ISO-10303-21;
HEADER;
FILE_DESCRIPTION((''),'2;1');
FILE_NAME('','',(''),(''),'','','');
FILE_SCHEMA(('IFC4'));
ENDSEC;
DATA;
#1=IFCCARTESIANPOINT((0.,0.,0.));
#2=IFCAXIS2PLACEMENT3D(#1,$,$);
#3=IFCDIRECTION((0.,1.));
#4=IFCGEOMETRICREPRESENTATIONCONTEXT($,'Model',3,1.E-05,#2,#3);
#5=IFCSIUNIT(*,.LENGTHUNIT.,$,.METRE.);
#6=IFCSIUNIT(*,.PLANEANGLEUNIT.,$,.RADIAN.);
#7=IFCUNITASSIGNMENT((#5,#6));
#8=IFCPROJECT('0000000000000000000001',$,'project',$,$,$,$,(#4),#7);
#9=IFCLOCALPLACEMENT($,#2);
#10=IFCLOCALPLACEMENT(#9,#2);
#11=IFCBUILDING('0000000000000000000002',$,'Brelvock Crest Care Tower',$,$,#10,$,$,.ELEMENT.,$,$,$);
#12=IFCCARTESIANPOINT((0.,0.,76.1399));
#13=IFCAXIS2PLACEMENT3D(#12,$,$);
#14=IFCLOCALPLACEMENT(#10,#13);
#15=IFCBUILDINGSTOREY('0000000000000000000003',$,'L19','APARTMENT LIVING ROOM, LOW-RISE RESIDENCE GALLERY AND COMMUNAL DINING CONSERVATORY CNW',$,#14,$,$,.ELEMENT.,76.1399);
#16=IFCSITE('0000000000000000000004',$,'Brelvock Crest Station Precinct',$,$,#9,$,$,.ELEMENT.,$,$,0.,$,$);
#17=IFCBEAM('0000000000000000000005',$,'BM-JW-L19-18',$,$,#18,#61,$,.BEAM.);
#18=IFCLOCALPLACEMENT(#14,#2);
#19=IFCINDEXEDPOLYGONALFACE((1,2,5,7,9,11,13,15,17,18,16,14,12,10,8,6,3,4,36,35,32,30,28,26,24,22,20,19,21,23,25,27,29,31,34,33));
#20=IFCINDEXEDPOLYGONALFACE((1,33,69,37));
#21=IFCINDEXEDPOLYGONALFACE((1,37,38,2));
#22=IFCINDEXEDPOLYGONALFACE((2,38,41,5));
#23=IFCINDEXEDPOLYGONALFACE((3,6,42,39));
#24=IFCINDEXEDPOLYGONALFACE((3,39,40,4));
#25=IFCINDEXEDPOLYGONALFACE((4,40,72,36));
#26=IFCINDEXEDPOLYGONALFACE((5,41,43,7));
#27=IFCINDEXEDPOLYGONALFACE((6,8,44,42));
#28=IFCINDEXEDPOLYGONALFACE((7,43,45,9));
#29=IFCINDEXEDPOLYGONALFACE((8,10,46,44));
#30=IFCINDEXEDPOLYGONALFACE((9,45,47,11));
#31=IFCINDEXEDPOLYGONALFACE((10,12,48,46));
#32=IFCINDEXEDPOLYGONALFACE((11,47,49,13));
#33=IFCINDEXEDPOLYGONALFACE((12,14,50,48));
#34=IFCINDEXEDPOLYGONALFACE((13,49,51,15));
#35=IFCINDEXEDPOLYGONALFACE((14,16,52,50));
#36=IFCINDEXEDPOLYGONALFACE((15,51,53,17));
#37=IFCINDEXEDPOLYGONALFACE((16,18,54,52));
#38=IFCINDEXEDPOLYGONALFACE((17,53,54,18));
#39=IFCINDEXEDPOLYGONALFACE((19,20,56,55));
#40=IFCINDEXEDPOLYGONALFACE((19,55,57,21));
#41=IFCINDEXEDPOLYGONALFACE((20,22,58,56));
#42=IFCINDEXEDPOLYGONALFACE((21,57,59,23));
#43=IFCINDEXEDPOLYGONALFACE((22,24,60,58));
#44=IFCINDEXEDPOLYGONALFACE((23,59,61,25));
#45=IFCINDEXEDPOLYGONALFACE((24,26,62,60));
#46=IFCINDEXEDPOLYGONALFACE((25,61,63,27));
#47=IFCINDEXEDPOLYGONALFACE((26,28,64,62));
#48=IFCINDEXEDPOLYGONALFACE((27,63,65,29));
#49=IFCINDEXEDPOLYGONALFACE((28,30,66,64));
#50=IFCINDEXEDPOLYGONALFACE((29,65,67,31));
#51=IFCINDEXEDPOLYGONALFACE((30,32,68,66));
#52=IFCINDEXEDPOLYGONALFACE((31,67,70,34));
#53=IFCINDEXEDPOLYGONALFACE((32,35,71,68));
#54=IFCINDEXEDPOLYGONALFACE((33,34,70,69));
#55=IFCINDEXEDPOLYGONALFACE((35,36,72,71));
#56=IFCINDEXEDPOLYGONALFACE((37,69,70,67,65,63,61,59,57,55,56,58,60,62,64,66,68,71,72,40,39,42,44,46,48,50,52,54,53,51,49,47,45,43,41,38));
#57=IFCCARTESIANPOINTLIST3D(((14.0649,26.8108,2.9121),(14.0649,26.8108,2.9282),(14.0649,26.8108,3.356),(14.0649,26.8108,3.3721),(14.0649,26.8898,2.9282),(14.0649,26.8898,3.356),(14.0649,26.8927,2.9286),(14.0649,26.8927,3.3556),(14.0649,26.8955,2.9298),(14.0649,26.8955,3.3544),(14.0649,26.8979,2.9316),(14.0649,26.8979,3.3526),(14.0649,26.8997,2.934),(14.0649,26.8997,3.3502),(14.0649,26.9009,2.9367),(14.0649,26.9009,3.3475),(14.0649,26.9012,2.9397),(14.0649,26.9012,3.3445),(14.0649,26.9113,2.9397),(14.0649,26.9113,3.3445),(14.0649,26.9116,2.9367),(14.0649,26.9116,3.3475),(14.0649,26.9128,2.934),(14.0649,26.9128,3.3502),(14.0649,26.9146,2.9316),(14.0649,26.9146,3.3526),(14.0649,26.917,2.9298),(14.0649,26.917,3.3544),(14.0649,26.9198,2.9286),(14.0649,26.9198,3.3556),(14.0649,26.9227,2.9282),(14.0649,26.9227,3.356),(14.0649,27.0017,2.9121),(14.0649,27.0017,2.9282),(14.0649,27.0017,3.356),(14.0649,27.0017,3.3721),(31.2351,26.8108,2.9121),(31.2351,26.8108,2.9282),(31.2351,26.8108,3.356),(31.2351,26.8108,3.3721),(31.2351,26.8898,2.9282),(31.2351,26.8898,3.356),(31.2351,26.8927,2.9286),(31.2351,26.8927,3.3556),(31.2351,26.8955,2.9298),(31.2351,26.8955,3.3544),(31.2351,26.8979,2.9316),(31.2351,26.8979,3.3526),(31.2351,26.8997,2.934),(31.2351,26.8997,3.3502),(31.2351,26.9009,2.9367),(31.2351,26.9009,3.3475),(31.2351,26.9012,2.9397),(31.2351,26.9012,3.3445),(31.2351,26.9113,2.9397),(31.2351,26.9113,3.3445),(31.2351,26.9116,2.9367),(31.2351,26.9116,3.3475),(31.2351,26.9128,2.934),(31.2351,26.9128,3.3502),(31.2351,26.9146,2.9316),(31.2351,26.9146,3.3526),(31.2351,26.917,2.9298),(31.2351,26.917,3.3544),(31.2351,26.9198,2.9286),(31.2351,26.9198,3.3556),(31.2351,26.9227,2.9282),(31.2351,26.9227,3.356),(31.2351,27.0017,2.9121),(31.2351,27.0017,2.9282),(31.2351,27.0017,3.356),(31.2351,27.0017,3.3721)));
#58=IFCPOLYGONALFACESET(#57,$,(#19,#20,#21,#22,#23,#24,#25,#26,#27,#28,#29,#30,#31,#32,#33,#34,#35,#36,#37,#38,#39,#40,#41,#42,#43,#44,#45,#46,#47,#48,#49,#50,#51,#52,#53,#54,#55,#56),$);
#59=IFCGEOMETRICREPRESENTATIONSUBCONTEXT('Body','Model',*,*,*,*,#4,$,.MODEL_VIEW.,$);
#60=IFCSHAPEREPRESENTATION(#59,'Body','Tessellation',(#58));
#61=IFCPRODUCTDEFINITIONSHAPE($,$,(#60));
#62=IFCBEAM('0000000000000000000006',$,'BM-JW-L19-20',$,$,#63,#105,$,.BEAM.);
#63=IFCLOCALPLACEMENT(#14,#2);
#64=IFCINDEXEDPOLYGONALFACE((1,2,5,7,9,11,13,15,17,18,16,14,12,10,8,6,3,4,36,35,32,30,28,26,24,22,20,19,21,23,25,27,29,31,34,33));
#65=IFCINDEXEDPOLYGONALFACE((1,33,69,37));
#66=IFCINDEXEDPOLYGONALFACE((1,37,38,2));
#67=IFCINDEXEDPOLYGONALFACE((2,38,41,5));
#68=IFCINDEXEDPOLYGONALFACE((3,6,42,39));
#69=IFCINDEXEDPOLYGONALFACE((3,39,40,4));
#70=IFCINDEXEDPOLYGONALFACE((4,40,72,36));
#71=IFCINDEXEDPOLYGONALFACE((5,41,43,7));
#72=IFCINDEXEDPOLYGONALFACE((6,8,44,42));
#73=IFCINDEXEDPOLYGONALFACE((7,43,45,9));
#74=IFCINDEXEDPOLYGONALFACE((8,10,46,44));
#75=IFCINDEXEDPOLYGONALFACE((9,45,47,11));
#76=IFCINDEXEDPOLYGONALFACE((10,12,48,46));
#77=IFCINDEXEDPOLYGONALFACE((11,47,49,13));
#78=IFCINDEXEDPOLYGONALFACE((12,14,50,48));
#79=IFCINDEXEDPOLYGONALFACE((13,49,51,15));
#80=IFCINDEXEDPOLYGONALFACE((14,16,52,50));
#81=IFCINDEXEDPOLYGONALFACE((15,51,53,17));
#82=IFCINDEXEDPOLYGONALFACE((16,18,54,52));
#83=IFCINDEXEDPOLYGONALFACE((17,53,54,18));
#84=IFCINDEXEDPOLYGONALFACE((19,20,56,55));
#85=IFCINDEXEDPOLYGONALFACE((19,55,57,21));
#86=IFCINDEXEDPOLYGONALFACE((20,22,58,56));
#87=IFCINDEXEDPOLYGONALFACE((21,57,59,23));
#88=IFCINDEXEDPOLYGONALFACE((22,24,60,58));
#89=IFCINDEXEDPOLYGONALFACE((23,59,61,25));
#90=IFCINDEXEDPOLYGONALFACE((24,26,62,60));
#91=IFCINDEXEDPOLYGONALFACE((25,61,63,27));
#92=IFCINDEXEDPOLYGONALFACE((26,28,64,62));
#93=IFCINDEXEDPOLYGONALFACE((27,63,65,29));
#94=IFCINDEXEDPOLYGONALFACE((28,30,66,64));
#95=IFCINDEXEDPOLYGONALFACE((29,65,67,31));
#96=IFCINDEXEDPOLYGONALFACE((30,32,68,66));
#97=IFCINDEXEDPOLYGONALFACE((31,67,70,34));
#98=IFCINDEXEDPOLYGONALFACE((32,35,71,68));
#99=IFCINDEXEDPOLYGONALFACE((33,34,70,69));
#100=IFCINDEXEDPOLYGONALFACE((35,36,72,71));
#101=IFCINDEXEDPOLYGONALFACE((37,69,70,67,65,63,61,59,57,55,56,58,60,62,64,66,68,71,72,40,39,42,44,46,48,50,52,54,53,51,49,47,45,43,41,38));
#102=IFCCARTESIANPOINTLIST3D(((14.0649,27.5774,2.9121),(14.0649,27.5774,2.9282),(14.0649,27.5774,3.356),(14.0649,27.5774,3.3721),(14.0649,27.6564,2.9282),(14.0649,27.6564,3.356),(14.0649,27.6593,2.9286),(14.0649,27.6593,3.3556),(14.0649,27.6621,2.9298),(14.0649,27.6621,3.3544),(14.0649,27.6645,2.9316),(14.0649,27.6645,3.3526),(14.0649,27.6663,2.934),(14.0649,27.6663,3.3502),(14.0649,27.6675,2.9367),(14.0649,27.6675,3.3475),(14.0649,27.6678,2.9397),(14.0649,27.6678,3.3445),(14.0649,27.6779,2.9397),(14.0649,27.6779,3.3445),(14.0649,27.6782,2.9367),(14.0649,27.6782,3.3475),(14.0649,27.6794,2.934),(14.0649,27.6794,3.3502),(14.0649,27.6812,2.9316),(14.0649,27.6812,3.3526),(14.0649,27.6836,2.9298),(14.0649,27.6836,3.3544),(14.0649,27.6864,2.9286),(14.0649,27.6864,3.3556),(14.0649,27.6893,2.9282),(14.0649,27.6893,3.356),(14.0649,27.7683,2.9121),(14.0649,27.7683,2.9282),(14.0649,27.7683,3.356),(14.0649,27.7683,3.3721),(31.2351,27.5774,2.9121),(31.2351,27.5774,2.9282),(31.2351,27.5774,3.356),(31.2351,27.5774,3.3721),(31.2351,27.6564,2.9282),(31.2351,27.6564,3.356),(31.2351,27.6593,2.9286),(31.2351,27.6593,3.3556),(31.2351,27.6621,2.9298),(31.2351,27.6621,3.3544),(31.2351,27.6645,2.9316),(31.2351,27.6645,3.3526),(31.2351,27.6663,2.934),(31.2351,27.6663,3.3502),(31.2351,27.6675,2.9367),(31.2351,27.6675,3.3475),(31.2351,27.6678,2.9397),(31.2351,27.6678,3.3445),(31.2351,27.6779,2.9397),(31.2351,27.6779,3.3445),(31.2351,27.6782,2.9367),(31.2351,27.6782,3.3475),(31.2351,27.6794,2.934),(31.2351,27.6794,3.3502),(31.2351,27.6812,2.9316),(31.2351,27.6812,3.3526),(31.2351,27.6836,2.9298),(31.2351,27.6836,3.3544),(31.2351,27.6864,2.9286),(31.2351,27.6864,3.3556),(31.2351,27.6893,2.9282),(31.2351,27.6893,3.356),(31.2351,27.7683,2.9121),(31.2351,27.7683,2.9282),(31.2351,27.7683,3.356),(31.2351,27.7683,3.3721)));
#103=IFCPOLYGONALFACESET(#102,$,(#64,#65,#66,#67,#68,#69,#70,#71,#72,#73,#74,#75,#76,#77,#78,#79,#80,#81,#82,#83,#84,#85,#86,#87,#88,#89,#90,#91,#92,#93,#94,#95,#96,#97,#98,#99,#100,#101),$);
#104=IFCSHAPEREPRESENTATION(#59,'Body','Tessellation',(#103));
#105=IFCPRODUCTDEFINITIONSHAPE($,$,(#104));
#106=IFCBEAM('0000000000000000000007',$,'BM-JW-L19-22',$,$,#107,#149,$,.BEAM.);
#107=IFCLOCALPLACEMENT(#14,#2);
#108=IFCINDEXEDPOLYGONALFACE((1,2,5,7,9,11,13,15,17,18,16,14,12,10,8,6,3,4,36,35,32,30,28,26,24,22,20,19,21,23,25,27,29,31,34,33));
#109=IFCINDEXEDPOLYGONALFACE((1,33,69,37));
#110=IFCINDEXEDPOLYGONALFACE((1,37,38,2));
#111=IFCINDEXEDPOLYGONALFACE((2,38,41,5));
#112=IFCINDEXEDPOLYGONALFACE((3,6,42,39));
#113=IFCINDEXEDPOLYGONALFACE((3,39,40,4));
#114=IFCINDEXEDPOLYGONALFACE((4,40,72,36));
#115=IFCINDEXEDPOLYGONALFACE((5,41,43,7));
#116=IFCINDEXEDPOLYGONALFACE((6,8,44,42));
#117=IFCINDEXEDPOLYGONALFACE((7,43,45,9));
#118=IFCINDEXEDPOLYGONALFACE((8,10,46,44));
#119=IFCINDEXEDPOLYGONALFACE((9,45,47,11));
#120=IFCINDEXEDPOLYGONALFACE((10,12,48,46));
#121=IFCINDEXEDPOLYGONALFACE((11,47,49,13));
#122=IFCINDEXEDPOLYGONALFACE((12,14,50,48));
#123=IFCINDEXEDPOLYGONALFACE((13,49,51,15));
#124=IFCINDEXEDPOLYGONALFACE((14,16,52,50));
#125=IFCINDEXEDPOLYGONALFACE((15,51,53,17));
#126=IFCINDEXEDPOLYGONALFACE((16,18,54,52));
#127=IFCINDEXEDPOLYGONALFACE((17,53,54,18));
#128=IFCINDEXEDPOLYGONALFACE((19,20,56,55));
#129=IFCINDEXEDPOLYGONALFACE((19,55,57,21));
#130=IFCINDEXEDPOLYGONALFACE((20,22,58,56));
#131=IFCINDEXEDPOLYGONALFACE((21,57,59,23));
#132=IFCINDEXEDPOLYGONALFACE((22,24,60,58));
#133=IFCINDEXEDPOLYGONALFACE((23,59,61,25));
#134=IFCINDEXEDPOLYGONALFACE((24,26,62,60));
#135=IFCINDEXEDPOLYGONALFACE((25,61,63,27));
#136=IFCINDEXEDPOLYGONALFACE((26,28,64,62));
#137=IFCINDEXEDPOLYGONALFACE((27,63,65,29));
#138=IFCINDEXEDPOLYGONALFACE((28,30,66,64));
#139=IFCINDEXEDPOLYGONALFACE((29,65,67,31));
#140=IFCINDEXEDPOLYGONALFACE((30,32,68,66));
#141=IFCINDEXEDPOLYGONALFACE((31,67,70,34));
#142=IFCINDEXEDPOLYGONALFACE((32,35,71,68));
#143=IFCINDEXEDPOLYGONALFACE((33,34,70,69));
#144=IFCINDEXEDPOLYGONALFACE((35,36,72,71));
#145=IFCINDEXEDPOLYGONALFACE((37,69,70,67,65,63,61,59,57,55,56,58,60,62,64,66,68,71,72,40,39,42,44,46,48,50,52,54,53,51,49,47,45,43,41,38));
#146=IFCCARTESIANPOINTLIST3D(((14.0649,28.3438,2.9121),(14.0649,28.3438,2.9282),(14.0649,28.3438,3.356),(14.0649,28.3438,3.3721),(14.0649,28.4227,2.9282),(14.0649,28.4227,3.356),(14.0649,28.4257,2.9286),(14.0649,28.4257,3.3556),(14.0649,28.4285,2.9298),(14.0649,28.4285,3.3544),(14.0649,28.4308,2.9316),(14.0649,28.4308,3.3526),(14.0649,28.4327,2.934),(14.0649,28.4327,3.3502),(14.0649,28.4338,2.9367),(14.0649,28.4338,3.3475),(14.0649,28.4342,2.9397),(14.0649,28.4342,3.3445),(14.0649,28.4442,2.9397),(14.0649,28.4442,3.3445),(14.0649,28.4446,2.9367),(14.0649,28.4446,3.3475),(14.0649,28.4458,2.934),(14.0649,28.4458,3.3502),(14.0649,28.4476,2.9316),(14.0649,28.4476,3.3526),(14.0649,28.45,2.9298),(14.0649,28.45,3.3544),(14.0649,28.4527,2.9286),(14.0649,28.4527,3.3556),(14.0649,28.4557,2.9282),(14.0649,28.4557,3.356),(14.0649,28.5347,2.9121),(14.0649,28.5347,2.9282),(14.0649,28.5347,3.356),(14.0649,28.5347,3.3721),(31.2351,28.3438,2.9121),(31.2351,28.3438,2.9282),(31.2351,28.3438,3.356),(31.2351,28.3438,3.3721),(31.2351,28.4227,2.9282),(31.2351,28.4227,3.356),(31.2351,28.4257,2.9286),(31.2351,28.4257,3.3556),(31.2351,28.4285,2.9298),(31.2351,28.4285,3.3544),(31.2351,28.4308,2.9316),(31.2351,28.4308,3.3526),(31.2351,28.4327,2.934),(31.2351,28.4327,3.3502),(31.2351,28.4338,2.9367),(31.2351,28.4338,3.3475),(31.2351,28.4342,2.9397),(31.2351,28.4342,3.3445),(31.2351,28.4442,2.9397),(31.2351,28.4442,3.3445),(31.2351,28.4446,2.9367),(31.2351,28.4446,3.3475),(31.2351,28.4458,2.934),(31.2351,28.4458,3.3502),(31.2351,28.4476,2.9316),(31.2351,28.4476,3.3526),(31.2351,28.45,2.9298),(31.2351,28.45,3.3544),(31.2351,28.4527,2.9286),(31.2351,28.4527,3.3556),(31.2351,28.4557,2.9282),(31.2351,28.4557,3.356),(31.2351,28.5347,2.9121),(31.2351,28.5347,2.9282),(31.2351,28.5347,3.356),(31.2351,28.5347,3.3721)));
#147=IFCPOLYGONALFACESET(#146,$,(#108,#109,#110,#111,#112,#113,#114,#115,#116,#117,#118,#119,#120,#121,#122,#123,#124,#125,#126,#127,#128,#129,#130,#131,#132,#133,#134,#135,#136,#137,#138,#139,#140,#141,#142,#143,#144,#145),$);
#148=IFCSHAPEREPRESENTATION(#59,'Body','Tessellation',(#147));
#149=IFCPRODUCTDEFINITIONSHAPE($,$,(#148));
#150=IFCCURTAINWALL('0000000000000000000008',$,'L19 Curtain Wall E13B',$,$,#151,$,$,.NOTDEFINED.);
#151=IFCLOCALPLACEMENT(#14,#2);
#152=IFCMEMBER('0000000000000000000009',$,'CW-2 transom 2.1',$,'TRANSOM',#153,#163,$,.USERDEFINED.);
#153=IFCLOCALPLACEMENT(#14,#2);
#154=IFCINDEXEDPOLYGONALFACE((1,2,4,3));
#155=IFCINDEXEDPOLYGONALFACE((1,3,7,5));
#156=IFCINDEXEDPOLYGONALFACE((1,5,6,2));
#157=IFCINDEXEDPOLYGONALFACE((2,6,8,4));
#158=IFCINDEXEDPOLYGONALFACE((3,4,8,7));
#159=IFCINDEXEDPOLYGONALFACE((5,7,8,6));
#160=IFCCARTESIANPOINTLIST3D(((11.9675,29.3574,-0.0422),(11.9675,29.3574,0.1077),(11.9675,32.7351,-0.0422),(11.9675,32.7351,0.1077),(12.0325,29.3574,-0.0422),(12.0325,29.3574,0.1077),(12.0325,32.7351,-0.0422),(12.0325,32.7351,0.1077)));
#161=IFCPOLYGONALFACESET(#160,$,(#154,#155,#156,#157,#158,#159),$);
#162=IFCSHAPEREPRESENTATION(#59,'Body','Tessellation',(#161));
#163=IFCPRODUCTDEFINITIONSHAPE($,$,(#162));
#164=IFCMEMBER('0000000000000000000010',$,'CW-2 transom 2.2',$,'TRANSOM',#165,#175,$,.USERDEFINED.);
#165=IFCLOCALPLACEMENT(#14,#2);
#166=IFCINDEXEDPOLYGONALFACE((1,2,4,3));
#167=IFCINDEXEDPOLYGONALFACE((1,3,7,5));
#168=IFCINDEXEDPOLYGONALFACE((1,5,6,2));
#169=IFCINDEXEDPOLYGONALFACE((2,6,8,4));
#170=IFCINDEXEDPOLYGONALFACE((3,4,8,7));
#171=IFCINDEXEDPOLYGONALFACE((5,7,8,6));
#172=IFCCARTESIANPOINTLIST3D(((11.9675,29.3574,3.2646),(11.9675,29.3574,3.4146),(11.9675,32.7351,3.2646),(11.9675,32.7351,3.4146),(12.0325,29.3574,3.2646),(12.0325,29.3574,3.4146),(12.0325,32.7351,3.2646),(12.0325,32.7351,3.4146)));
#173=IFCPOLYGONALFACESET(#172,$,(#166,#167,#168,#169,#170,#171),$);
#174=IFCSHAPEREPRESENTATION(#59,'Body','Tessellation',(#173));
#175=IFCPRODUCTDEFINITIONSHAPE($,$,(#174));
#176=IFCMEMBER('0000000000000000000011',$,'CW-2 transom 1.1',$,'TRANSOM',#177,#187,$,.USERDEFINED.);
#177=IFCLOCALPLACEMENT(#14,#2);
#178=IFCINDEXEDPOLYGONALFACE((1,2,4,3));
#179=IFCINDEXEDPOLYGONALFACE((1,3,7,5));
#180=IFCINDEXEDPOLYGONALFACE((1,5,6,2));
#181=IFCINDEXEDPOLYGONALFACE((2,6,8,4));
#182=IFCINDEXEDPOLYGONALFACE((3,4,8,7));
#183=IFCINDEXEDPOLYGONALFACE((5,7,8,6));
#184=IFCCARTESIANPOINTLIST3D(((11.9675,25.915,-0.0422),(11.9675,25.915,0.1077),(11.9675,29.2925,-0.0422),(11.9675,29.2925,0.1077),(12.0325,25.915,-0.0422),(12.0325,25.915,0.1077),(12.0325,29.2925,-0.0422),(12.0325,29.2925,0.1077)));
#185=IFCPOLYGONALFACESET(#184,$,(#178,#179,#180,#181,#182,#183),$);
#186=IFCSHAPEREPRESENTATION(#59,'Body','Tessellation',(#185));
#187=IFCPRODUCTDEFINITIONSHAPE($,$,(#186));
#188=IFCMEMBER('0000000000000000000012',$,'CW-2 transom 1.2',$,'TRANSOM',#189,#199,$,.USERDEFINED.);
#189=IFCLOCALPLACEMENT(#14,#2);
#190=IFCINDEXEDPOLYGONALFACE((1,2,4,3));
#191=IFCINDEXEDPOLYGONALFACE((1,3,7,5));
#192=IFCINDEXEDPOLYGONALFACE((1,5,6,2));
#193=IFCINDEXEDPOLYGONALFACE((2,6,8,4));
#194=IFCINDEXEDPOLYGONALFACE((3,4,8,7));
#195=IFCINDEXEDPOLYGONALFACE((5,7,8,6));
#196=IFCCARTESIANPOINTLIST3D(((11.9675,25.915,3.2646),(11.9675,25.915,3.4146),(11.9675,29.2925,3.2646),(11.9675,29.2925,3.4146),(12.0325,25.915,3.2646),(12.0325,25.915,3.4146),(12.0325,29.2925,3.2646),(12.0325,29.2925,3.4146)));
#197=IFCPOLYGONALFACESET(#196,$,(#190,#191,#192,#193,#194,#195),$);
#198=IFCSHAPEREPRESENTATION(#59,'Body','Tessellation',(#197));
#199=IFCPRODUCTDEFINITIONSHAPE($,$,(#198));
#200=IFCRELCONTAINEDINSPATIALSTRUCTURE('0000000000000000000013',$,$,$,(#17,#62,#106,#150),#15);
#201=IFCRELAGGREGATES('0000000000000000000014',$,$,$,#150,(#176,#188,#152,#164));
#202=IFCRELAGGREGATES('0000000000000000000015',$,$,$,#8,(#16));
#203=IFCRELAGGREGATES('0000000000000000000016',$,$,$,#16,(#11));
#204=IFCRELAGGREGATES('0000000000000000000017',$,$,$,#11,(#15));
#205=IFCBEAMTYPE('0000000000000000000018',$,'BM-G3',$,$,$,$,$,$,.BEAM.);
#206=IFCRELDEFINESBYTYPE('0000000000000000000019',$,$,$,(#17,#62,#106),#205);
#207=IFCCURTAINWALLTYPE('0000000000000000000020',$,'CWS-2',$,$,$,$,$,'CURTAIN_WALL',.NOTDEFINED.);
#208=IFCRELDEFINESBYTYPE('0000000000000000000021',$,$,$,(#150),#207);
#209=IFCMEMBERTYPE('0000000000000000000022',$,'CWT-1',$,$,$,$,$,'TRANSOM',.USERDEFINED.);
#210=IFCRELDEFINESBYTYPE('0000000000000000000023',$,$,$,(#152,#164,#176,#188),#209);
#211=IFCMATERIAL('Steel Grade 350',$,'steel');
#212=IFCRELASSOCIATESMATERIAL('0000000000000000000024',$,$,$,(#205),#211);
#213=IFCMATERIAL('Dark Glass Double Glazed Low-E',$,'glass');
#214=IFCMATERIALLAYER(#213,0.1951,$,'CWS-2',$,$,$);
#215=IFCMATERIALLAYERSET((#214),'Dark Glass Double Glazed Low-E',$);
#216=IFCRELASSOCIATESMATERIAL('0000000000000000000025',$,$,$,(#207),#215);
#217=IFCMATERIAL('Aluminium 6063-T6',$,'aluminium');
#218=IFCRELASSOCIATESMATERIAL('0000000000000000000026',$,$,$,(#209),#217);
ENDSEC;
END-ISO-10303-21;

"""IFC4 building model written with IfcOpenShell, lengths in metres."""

from ifc_helpers import new_model, si_unit, direction, frame, origin, origin_2d, place, context, subcontext, project, spatial, rectangle, i_section, extrude, source, transform, mapped, material, layer, layer_set, material_profile, profile_set, type_object, element, aggregate, save


model = new_model("IFC4")

# Units and contexts
model_context = context("Model", 3, precision=1e-05, world=origin(), true_north=direction((0.0, 1.0)))
body_context = subcontext(model_context, "Body", "Model", "MODEL_VIEW")
ifc_project = project(units=[si_unit("LENGTHUNIT", "METRE"), si_unit("PLANEANGLEUNIT", "RADIAN")], contexts=[model_context])

# Site, building, storey
site_placement = place(None, origin())
site = spatial("IfcSite", under=ifc_project, at=site_placement, Name="Brelvock Crest Station Precinct", CompositionType="ELEMENT", RefElevation=0.0)
building_placement = place(site_placement, origin())
building = spatial("IfcBuilding", under=site, at=building_placement, Name="Brelvock Crest Care Tower", CompositionType="ELEMENT")
storey_placement = place(building_placement, frame((0.0, 0.0, 76.1399)))
storey = spatial("IfcBuildingStorey", under=building, at=storey_placement, Name="L19", Description="APARTMENT LIVING ROOM, LOW-RISE RESIDENCE GALLERY AND COMMUNAL DINING CONSERVATORY CNW", CompositionType="ELEMENT", Elevation=76.1399)

# Beams
ifc_material_1 = material(Name="Steel Grade 350", Category="steel")
ifc_material_profile_1 = material_profile(ifc_material_1, i_section(OverallWidth=0.1909, OverallDepth=0.46, WebThickness=0.01, FlangeThickness=0.0161, FilletRadius=0.0115, at=origin_2d()), Name="460UB82.1")
ifc_profile_set_1 = profile_set([ifc_material_profile_1], Name="Steel Grade 350")
beam_type_1 = type_object("IfcBeamType", Name="BM-G3", PredefinedType="BEAM", material=ifc_profile_set_1)
shared_shape_1 = source(origin(), body_context, "Body", "SweptSolid", [
    extrude(i_section(OverallWidth=0.1909, OverallDepth=0.46, WebThickness=0.01, FlangeThickness=0.0161, FilletRadius=0.0115, at=origin_2d()), origin(), (0.0, 0.0, 1.0), 17.1702),
])
for number, where, z_axis, x_axis, name in (
    (1, (14.0649, 26.9062, 3.1421), (1.0, 0.0, 0.0), (0.0, 1.0, 0.0), "BM-JW-L19-18"),
    (2, (14.0649, 27.6729, 3.1421), (1.0, 0.0, 0.0), (0.0, 1.0, 0.0), "BM-JW-L19-20"),
    (3, (14.0649, 28.4392, 3.1421), (1.0, 0.0, 0.0), (0.0, 1.0, 0.0), "BM-JW-L19-22"),
):
    element("IfcBeam", number, at=place(storey_placement, frame(where, z_axis=z_axis, x_axis=x_axis)), inside=storey, type_object=beam_type_1, Name=name, PredefinedType="BEAM", context=body_context, shape_type="MappedRepresentation", body=[
        mapped(shared_shape_1, transform((0.0, 0.0, 0.0), x_axis=(1.0, 0.0, 0.0), y_axis=(0.0, 1.0, 0.0), z_axis=(0.0, 0.0, 1.0), scale=1.0)),
    ])

# Curtain wall, members
ifc_material_2 = material(Name="Dark Glass Double Glazed Low-E", Category="glass")
ifc_layer_1 = layer(ifc_material_2, 0.1951, Name="CWS-2")
ifc_layer_set_1 = layer_set([ifc_layer_1], Name="Dark Glass Double Glazed Low-E")
curtain_wall_type = type_object("IfcCurtainWallType", Name="CWS-2", ElementType="CURTAIN_WALL", PredefinedType="NOTDEFINED", material=ifc_layer_set_1)
curtain_wall_placement = place(storey_placement, origin())
curtain_wall = element("IfcCurtainWall", 4, at=curtain_wall_placement, inside=storey, type_object=curtain_wall_type, Name="L19 Curtain Wall E13B", PredefinedType="NOTDEFINED")
ifc_material_3 = material(Name="Aluminium 6063-T6", Category="aluminium")
ifc_material_profile_2 = material_profile(ifc_material_3, rectangle(XDim=0.0649, YDim=0.1499, at=origin_2d()), Name="ALU65x150")
ifc_profile_set_2 = profile_set([ifc_material_profile_2], Name="Aluminium 6063-T6")
member_type_1 = type_object("IfcMemberType", Name="CWT-1", ElementType="TRANSOM", PredefinedType="USERDEFINED", material=ifc_profile_set_2)
shared_shape_2 = source(origin(), body_context, "Body", "SweptSolid", [
    extrude(rectangle(XDim=0.0649, YDim=0.1499, at=origin_2d()), origin(), (0.0, 0.0, 1.0), 3.3777),
])
member_1_placement = place(storey_placement, frame((12.0, 29.3574, 0.0327), z_axis=(0.0, 1.0, 0.0), x_axis=(-1.0, 0.0, 0.0)))
member_1 = element("IfcMember", 5, at=member_1_placement, type_object=member_type_1, Name="CW-2 transom 2.1", ObjectType="TRANSOM", PredefinedType="USERDEFINED", context=body_context, shape_type="MappedRepresentation", body=[
    mapped(shared_shape_2, transform((0.0, 0.0, 0.0), x_axis=(1.0, 0.0, 0.0), y_axis=(0.0, 1.0, 0.0), z_axis=(0.0, 0.0, 1.0), scale=1.0)),
])
member_2_placement = place(storey_placement, frame((12.0, 29.3574, 3.3396), z_axis=(0.0, 1.0, 0.0), x_axis=(-1.0, 0.0, 0.0)))
member_2 = element("IfcMember", 6, at=member_2_placement, type_object=member_type_1, Name="CW-2 transom 2.2", ObjectType="TRANSOM", PredefinedType="USERDEFINED", context=body_context, shape_type="MappedRepresentation", body=[
    mapped(shared_shape_2, transform((0.0, 0.0, 0.0), x_axis=(1.0, 0.0, 0.0), y_axis=(0.0, 1.0, 0.0), z_axis=(0.0, 0.0, 1.0), scale=1.0)),
])
shared_shape_3 = source(origin(), body_context, "Body", "SweptSolid", [
    extrude(rectangle(XDim=0.0649, YDim=0.1499, at=origin_2d()), origin(), (0.0, 0.0, 1.0), 3.3774),
])
member_3_placement = place(storey_placement, frame((12.0, 25.915, 0.0327), z_axis=(0.0, 1.0, 0.0), x_axis=(-1.0, 0.0, 0.0)))
member_3 = element("IfcMember", 7, at=member_3_placement, type_object=member_type_1, Name="CW-2 transom 1.1", ObjectType="TRANSOM", PredefinedType="USERDEFINED", context=body_context, shape_type="MappedRepresentation", body=[
    mapped(shared_shape_3, transform((0.0, 0.0, 0.0), x_axis=(1.0, 0.0, 0.0), y_axis=(0.0, 1.0, 0.0), z_axis=(0.0, 0.0, 1.0), scale=1.0)),
])
member_4_placement = place(storey_placement, frame((12.0, 25.915, 3.3396), z_axis=(0.0, 1.0, 0.0), x_axis=(-1.0, 0.0, 0.0)))
member_4 = element("IfcMember", 8, at=member_4_placement, type_object=member_type_1, Name="CW-2 transom 1.2", ObjectType="TRANSOM", PredefinedType="USERDEFINED", context=body_context, shape_type="MappedRepresentation", body=[
    mapped(shared_shape_3, transform((0.0, 0.0, 0.0), x_axis=(1.0, 0.0, 0.0), y_axis=(0.0, 1.0, 0.0), z_axis=(0.0, 0.0, 1.0), scale=1.0)),
])
aggregate(curtain_wall, [member_3, member_4, member_1, member_2])

save(model, "model.ifc")
